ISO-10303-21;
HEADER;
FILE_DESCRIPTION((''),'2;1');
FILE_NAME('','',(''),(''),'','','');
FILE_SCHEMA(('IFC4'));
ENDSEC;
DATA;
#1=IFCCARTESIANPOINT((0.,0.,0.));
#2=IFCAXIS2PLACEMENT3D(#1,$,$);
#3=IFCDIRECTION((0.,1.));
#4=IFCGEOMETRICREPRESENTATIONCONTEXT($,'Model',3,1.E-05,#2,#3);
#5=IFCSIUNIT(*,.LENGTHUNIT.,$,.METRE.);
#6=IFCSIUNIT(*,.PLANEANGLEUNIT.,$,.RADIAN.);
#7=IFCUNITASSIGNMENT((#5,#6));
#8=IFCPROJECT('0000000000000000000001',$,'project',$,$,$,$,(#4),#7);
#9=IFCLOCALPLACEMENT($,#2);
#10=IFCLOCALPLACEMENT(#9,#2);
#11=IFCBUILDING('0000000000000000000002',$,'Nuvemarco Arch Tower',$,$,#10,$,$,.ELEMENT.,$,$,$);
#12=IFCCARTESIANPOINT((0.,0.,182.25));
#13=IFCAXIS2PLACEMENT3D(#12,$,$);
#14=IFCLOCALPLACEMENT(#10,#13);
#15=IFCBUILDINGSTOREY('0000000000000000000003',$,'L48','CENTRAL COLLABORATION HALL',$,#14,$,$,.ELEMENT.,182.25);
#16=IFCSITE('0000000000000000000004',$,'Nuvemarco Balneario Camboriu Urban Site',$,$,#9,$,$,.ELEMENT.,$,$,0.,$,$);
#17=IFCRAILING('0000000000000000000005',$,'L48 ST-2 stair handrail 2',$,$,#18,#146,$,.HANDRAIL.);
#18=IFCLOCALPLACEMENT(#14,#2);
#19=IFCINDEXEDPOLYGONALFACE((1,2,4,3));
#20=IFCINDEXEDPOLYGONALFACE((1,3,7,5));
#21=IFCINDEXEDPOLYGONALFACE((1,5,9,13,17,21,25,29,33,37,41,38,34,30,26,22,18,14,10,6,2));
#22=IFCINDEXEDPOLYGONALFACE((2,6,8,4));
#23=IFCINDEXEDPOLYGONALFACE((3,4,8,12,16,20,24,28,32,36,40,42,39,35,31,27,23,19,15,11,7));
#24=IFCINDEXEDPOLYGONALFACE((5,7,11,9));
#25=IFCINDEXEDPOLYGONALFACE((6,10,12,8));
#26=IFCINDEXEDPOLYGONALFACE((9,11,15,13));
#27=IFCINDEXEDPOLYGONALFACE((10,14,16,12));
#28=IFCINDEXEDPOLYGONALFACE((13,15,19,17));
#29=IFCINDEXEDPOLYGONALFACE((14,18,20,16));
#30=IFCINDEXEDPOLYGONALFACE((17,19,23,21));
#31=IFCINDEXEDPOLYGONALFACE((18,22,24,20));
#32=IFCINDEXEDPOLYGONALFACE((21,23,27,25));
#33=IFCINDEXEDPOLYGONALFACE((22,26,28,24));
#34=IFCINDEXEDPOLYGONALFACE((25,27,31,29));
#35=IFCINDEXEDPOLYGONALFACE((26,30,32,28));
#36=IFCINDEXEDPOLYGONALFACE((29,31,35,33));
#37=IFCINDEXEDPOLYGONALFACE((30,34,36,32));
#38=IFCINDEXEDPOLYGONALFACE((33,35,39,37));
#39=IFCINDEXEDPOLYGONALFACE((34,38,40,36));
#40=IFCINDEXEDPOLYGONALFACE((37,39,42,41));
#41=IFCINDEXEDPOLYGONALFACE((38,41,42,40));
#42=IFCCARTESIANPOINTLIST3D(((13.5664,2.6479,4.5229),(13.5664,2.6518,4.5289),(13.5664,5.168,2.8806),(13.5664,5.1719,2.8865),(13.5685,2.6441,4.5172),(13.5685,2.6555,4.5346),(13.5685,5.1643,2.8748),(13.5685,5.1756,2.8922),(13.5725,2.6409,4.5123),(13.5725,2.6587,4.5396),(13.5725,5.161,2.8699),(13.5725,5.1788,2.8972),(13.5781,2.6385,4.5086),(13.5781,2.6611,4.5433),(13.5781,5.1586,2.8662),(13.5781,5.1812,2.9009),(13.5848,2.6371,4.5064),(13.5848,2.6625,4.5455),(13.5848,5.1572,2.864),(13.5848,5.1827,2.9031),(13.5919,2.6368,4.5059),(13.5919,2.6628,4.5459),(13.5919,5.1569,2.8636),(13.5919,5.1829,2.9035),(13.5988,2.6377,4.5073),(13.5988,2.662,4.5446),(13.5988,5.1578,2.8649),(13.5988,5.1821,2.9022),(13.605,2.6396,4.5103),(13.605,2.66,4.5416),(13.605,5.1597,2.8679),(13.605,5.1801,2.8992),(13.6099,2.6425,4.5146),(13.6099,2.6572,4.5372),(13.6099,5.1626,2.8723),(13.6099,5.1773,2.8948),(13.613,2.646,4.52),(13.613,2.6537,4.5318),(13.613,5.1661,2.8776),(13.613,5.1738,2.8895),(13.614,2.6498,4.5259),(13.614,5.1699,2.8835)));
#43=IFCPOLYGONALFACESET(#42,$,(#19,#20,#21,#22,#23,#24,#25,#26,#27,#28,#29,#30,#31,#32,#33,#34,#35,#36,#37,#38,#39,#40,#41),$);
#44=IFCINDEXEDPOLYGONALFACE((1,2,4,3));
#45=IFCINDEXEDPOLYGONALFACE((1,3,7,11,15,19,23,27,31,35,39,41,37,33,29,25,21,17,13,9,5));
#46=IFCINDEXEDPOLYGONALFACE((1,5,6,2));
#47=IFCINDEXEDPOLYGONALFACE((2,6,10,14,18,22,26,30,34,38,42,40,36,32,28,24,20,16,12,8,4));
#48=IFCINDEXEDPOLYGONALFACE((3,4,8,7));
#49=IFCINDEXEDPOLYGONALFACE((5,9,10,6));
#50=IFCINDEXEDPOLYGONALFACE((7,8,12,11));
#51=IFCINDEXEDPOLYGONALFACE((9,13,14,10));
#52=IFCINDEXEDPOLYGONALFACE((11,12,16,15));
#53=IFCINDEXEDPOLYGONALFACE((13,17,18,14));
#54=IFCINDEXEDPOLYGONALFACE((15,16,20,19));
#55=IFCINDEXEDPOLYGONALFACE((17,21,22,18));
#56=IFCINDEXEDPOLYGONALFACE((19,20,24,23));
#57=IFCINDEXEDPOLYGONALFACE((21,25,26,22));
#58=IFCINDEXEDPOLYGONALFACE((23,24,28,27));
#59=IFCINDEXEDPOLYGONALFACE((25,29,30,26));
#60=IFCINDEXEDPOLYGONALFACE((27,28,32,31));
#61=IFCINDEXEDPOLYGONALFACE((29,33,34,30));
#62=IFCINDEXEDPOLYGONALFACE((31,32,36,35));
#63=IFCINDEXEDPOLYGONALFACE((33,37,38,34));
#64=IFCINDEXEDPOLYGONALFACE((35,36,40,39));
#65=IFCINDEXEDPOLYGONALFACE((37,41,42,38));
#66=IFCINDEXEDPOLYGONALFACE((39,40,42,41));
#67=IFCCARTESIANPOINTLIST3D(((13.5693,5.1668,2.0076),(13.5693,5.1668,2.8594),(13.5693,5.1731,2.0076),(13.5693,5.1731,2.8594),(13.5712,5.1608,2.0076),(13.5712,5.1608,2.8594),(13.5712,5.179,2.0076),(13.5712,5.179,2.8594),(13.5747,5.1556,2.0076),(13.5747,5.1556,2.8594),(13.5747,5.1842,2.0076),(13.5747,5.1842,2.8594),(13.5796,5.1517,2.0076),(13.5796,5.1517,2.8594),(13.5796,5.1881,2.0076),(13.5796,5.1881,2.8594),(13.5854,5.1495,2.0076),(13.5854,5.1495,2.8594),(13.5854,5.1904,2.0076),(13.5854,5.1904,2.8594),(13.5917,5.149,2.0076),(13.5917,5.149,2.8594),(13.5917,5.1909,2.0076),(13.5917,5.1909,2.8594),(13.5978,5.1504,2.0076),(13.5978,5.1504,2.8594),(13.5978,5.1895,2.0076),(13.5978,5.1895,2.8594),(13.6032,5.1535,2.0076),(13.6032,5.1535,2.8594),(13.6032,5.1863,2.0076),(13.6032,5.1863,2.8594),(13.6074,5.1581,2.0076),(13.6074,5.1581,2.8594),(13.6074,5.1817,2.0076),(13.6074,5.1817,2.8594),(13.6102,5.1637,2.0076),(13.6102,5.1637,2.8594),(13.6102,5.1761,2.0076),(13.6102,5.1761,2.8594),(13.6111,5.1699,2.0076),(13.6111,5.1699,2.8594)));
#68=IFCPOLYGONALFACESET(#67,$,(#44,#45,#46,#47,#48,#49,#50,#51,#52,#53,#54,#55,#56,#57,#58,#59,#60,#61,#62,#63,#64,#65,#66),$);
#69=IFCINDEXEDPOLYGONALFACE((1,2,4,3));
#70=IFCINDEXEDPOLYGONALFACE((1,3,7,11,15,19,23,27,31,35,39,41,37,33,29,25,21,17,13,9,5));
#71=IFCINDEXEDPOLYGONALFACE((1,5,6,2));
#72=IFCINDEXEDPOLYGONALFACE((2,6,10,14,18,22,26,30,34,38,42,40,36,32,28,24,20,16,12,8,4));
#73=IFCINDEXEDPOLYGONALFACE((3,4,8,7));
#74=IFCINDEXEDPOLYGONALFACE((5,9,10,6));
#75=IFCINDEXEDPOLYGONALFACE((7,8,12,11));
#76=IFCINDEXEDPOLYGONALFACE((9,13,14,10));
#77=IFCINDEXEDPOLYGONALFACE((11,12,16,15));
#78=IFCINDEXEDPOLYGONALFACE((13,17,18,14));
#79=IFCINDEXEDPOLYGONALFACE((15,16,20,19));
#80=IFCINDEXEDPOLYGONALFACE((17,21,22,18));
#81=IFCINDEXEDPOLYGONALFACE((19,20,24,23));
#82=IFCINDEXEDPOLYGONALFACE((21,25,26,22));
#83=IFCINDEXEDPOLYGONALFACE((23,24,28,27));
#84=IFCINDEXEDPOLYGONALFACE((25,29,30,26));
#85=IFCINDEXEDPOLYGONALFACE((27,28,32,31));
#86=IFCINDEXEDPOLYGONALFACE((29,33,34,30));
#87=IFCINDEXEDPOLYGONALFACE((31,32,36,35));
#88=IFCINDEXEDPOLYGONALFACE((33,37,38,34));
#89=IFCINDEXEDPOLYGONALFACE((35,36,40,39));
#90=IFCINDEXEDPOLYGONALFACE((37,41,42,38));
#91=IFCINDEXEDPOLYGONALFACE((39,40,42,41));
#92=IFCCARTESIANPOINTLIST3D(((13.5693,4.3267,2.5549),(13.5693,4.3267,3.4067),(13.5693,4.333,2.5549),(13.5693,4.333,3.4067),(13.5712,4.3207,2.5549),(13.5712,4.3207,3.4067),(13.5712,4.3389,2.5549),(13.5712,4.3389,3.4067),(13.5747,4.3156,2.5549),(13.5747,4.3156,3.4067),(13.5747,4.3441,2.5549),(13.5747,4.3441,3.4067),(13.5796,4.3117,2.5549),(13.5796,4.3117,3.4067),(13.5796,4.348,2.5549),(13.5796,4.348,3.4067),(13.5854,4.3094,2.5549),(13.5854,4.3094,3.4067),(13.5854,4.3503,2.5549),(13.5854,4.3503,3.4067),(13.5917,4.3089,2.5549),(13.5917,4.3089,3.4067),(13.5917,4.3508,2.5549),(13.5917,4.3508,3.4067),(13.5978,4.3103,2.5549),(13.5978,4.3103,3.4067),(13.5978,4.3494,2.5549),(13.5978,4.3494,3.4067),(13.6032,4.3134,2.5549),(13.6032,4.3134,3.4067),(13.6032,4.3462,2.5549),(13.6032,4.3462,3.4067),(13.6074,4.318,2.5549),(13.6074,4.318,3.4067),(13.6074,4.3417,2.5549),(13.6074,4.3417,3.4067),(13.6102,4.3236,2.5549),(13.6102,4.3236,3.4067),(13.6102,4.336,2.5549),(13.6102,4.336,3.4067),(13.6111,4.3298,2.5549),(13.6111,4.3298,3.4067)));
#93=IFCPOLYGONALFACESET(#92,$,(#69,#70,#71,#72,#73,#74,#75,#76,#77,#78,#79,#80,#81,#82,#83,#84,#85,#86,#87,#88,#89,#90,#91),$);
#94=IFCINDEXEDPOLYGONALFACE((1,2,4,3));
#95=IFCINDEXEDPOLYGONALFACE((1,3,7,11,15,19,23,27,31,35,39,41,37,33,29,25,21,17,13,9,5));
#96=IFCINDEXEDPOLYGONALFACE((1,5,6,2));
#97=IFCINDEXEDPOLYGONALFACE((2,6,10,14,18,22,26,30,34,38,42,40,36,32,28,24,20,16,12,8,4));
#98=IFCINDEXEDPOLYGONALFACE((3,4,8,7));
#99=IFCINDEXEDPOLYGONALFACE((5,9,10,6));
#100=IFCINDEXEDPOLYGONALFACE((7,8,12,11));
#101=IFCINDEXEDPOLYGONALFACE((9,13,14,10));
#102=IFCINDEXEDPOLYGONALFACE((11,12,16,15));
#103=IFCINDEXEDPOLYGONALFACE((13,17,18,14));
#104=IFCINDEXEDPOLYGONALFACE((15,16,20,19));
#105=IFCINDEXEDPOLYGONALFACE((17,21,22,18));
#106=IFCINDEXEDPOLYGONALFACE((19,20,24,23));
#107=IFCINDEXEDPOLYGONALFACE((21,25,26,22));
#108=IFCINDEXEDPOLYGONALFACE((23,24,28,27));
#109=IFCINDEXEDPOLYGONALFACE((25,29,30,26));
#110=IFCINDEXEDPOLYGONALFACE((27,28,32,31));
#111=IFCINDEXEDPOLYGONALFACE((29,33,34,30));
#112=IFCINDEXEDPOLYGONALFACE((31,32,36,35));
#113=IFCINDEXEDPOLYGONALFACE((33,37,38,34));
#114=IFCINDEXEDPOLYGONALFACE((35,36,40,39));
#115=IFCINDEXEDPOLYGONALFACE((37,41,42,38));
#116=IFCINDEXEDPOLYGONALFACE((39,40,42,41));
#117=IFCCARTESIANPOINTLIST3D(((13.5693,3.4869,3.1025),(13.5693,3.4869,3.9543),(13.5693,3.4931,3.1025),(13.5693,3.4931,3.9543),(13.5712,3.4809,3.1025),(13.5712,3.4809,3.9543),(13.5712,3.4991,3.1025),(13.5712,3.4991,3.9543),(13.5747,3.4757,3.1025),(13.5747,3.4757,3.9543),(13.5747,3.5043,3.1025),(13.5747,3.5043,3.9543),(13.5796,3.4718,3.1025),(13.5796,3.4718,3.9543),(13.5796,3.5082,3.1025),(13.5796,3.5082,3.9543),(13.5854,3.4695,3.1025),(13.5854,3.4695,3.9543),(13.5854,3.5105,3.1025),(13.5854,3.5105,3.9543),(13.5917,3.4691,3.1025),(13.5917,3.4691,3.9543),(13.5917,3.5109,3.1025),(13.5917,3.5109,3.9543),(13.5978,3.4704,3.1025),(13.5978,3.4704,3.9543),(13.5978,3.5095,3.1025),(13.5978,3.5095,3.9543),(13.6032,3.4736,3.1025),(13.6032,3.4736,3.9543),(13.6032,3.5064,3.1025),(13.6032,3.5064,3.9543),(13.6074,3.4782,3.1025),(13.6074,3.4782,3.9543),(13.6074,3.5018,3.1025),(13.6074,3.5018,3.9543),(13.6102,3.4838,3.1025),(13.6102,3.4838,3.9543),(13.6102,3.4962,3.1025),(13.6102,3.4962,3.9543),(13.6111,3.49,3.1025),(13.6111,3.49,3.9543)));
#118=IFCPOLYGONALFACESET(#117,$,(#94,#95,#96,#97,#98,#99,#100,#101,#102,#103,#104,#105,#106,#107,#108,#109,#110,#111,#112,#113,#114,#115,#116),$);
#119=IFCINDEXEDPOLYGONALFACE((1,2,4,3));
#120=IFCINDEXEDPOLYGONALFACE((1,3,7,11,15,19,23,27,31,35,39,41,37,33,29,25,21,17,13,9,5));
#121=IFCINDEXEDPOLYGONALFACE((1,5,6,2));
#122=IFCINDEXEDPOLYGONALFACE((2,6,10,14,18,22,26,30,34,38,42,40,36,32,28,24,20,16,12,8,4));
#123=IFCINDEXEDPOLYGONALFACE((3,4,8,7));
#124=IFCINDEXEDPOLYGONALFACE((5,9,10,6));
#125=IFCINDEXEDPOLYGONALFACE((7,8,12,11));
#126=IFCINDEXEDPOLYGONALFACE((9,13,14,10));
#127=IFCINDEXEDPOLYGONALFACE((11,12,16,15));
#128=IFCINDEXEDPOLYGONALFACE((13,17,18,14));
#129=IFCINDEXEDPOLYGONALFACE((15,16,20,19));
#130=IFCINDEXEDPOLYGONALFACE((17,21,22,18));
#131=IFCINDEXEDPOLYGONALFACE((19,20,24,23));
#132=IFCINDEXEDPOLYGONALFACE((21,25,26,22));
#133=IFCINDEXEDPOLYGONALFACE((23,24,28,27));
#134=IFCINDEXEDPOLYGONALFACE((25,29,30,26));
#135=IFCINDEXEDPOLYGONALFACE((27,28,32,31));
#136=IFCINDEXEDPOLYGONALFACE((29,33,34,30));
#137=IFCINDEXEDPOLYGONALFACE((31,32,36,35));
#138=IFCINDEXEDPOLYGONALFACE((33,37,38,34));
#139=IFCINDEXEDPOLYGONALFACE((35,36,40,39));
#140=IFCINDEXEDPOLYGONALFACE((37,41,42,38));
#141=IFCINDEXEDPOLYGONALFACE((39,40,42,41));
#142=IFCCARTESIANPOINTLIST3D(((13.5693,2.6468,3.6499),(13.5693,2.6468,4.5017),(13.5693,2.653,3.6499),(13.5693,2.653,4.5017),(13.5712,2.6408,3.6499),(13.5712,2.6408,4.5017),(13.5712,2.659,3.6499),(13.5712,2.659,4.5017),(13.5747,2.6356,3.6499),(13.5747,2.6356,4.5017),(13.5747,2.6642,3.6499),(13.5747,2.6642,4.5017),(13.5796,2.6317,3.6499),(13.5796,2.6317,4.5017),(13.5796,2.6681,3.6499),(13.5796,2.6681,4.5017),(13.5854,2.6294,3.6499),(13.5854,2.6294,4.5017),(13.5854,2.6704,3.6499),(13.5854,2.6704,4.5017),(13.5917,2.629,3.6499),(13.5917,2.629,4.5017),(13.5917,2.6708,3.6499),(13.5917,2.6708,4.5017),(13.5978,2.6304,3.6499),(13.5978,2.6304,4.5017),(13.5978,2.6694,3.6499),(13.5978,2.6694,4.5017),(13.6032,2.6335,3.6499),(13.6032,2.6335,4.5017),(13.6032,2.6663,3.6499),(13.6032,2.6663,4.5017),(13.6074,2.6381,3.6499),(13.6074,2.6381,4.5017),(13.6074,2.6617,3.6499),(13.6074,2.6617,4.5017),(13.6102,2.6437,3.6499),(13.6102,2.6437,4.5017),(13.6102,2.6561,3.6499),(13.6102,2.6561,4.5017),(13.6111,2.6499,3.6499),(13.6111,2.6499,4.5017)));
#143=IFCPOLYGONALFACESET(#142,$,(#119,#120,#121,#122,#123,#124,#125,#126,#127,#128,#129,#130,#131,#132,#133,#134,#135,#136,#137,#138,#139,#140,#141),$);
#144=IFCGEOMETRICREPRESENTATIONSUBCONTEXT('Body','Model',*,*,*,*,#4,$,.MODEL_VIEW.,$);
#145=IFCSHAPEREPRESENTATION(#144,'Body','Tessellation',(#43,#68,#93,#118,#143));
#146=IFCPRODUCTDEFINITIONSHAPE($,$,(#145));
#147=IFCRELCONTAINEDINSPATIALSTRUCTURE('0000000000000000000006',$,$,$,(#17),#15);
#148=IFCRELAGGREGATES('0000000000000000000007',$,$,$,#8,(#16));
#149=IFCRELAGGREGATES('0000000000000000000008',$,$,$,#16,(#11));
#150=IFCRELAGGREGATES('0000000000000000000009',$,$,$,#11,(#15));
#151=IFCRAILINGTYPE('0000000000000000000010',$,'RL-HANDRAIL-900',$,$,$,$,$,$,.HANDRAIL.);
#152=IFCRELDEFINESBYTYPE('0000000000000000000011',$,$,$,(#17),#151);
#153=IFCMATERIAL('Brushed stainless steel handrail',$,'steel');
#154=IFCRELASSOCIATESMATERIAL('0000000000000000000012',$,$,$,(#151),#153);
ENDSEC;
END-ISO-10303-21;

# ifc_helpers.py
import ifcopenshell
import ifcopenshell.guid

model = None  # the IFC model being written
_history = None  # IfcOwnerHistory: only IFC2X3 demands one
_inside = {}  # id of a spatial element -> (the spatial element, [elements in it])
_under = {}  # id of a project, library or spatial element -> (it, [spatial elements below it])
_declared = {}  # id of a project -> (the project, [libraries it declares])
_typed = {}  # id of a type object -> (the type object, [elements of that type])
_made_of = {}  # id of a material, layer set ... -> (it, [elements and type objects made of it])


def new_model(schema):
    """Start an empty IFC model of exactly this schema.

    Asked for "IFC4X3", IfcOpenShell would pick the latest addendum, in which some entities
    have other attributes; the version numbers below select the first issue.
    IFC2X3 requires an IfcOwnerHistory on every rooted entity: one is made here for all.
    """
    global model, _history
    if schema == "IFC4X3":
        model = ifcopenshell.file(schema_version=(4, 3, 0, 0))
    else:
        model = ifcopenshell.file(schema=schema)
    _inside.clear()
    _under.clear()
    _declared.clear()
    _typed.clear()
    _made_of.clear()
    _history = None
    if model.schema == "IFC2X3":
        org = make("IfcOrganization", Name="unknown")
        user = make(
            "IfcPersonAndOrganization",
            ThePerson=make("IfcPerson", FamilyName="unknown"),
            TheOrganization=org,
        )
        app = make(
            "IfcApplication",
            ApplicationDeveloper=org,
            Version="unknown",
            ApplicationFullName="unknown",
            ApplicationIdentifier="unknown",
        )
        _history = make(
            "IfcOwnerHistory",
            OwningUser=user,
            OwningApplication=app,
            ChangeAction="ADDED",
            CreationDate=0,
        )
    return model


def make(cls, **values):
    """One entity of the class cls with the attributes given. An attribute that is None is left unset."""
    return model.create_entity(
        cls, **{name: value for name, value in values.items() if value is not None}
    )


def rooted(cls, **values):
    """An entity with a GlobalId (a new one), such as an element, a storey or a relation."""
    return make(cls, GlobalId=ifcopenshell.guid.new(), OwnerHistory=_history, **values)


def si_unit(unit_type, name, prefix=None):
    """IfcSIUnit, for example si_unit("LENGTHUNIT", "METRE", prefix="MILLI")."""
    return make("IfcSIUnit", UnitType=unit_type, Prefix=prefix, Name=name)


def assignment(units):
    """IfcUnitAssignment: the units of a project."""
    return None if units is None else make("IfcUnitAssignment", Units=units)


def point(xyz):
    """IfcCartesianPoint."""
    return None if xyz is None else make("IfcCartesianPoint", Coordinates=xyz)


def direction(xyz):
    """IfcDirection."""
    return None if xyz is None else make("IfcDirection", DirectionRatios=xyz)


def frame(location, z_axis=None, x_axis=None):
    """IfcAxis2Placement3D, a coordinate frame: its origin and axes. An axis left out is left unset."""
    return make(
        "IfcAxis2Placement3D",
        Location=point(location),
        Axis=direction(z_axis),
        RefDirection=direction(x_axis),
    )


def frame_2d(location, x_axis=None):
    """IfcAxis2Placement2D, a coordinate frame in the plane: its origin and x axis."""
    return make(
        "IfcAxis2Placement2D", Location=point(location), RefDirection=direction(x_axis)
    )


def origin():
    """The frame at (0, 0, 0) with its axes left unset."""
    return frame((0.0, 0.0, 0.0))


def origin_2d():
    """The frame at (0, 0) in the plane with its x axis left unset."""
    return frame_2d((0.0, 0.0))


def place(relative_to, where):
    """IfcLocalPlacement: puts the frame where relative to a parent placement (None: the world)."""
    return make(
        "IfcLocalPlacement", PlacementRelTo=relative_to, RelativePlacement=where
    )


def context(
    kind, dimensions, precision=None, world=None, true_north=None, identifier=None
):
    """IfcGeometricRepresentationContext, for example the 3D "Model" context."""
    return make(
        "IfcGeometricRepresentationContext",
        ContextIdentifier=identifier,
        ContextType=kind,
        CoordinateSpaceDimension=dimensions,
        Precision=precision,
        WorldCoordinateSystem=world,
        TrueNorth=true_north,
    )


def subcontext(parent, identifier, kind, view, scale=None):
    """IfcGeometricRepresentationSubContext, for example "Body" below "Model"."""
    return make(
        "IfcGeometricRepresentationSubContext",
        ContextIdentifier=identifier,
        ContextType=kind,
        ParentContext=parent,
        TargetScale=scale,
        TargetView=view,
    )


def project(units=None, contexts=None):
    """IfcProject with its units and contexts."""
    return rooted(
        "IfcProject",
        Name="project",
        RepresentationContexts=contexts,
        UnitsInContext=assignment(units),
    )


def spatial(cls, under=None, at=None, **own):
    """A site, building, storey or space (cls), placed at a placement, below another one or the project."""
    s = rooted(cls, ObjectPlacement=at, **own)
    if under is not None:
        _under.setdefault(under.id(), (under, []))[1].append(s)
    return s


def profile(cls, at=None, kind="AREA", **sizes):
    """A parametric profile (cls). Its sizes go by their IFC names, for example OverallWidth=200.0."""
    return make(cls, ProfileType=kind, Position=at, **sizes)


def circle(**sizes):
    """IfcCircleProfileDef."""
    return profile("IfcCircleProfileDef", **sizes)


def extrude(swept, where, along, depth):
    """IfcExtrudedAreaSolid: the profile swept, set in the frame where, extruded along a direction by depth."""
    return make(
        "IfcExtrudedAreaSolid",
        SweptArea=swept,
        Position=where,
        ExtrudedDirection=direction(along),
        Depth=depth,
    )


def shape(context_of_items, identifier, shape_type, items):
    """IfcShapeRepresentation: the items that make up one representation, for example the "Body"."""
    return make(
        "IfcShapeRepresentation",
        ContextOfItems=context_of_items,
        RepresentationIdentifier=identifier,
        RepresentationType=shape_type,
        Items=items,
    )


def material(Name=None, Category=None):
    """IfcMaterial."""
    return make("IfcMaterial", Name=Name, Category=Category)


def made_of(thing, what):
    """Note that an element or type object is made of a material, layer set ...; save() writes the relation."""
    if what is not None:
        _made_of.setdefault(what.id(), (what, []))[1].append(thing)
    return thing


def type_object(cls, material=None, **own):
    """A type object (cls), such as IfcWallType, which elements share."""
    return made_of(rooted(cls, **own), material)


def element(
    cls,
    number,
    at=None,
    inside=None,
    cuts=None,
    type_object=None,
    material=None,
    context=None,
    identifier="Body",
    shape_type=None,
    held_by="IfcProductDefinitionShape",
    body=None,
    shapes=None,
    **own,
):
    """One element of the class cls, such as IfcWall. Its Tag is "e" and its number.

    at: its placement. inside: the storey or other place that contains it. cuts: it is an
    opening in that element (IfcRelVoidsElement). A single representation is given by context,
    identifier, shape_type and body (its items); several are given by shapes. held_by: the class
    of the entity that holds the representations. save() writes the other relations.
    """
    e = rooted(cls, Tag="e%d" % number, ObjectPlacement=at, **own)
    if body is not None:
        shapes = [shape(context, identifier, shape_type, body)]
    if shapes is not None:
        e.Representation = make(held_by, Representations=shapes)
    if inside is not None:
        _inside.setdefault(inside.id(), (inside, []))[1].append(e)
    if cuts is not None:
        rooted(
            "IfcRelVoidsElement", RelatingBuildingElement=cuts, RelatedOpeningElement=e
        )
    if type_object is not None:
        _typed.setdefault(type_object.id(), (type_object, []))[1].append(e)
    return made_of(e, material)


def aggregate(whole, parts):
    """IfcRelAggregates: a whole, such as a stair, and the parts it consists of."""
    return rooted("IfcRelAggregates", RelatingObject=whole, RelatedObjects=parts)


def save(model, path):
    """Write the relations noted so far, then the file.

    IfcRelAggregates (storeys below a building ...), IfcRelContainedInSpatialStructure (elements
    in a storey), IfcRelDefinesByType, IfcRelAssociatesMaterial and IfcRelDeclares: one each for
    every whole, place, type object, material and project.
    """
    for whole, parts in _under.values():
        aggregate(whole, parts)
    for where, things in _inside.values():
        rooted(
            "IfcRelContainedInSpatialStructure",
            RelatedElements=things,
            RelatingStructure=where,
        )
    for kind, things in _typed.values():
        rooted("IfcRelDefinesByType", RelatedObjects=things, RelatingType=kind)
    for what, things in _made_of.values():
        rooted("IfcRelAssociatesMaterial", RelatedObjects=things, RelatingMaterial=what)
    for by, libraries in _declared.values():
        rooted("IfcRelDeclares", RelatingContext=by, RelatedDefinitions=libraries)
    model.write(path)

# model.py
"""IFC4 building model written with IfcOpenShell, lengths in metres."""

from ifc_helpers import new_model, si_unit, direction, frame, origin, origin_2d, place, context, subcontext, project, spatial, circle, extrude, material, type_object, element, save


model = new_model("IFC4")

# Units and contexts
model_context = context("Model", 3, precision=1e-05, world=origin(), true_north=direction((0.0, 1.0)))
body_context = subcontext(model_context, "Body", "Model", "MODEL_VIEW")
ifc_project = project(units=[si_unit("LENGTHUNIT", "METRE"), si_unit("PLANEANGLEUNIT", "RADIAN")], contexts=[model_context])

# Site, building, storey
site_placement = place(None, origin())
site = spatial("IfcSite", under=ifc_project, at=site_placement, Name="Nuvemarco Balneario Camboriu Urban Site", CompositionType="ELEMENT", RefElevation=0.0)
building_placement = place(site_placement, origin())
building = spatial("IfcBuilding", under=site, at=building_placement, Name="Nuvemarco Arch Tower", CompositionType="ELEMENT")
storey_placement = place(building_placement, frame((0.0, 0.0, 182.25)))
storey = spatial("IfcBuildingStorey", under=building, at=storey_placement, Name="L48", Description="CENTRAL COLLABORATION HALL", CompositionType="ELEMENT", Elevation=182.25)

# Railing
ifc_material_1 = material(Name="Brushed stainless steel handrail", Category="steel")
railing_type_1 = type_object("IfcRailingType", Name="RL-HANDRAIL-900", PredefinedType="HANDRAIL", material=ifc_material_1)
railing_1_placement = place(storey_placement, frame((13.5901, 5.1699, 2.0076)))
element("IfcRailing", 1, at=railing_1_placement, inside=storey, type_object=railing_type_1, Name="L48 ST-2 stair handrail 2", PredefinedType="HANDRAIL", context=body_context, shape_type="SweptSolid", body=[
    extrude(circle(Radius=0.0239, at=origin_2d()), frame((0.0, 0.0, 0.876), z_axis=(0.0, -0.837787, 0.545998), x_axis=(1.0, 0.0, 0.0)), (0.0, 0.0, 1.0), 3.0081),
    extrude(circle(Radius=0.021, at=origin_2d()), origin(), (0.0, 0.0, 1.0), 0.8518),
    extrude(circle(Radius=0.021, at=origin_2d()), frame((0.0, -0.8401, 0.5474)), (0.0, 0.0, 1.0), 0.8518),
    extrude(circle(Radius=0.021, at=origin_2d()), frame((0.0, -1.6799, 1.095)), (0.0, 0.0, 1.0), 0.8518),
    extrude(circle(Radius=0.021, at=origin_2d()), frame((0.0, -2.52, 1.6423)), (0.0, 0.0, 1.0), 0.8518),
])

save(model, "model.ifc")
